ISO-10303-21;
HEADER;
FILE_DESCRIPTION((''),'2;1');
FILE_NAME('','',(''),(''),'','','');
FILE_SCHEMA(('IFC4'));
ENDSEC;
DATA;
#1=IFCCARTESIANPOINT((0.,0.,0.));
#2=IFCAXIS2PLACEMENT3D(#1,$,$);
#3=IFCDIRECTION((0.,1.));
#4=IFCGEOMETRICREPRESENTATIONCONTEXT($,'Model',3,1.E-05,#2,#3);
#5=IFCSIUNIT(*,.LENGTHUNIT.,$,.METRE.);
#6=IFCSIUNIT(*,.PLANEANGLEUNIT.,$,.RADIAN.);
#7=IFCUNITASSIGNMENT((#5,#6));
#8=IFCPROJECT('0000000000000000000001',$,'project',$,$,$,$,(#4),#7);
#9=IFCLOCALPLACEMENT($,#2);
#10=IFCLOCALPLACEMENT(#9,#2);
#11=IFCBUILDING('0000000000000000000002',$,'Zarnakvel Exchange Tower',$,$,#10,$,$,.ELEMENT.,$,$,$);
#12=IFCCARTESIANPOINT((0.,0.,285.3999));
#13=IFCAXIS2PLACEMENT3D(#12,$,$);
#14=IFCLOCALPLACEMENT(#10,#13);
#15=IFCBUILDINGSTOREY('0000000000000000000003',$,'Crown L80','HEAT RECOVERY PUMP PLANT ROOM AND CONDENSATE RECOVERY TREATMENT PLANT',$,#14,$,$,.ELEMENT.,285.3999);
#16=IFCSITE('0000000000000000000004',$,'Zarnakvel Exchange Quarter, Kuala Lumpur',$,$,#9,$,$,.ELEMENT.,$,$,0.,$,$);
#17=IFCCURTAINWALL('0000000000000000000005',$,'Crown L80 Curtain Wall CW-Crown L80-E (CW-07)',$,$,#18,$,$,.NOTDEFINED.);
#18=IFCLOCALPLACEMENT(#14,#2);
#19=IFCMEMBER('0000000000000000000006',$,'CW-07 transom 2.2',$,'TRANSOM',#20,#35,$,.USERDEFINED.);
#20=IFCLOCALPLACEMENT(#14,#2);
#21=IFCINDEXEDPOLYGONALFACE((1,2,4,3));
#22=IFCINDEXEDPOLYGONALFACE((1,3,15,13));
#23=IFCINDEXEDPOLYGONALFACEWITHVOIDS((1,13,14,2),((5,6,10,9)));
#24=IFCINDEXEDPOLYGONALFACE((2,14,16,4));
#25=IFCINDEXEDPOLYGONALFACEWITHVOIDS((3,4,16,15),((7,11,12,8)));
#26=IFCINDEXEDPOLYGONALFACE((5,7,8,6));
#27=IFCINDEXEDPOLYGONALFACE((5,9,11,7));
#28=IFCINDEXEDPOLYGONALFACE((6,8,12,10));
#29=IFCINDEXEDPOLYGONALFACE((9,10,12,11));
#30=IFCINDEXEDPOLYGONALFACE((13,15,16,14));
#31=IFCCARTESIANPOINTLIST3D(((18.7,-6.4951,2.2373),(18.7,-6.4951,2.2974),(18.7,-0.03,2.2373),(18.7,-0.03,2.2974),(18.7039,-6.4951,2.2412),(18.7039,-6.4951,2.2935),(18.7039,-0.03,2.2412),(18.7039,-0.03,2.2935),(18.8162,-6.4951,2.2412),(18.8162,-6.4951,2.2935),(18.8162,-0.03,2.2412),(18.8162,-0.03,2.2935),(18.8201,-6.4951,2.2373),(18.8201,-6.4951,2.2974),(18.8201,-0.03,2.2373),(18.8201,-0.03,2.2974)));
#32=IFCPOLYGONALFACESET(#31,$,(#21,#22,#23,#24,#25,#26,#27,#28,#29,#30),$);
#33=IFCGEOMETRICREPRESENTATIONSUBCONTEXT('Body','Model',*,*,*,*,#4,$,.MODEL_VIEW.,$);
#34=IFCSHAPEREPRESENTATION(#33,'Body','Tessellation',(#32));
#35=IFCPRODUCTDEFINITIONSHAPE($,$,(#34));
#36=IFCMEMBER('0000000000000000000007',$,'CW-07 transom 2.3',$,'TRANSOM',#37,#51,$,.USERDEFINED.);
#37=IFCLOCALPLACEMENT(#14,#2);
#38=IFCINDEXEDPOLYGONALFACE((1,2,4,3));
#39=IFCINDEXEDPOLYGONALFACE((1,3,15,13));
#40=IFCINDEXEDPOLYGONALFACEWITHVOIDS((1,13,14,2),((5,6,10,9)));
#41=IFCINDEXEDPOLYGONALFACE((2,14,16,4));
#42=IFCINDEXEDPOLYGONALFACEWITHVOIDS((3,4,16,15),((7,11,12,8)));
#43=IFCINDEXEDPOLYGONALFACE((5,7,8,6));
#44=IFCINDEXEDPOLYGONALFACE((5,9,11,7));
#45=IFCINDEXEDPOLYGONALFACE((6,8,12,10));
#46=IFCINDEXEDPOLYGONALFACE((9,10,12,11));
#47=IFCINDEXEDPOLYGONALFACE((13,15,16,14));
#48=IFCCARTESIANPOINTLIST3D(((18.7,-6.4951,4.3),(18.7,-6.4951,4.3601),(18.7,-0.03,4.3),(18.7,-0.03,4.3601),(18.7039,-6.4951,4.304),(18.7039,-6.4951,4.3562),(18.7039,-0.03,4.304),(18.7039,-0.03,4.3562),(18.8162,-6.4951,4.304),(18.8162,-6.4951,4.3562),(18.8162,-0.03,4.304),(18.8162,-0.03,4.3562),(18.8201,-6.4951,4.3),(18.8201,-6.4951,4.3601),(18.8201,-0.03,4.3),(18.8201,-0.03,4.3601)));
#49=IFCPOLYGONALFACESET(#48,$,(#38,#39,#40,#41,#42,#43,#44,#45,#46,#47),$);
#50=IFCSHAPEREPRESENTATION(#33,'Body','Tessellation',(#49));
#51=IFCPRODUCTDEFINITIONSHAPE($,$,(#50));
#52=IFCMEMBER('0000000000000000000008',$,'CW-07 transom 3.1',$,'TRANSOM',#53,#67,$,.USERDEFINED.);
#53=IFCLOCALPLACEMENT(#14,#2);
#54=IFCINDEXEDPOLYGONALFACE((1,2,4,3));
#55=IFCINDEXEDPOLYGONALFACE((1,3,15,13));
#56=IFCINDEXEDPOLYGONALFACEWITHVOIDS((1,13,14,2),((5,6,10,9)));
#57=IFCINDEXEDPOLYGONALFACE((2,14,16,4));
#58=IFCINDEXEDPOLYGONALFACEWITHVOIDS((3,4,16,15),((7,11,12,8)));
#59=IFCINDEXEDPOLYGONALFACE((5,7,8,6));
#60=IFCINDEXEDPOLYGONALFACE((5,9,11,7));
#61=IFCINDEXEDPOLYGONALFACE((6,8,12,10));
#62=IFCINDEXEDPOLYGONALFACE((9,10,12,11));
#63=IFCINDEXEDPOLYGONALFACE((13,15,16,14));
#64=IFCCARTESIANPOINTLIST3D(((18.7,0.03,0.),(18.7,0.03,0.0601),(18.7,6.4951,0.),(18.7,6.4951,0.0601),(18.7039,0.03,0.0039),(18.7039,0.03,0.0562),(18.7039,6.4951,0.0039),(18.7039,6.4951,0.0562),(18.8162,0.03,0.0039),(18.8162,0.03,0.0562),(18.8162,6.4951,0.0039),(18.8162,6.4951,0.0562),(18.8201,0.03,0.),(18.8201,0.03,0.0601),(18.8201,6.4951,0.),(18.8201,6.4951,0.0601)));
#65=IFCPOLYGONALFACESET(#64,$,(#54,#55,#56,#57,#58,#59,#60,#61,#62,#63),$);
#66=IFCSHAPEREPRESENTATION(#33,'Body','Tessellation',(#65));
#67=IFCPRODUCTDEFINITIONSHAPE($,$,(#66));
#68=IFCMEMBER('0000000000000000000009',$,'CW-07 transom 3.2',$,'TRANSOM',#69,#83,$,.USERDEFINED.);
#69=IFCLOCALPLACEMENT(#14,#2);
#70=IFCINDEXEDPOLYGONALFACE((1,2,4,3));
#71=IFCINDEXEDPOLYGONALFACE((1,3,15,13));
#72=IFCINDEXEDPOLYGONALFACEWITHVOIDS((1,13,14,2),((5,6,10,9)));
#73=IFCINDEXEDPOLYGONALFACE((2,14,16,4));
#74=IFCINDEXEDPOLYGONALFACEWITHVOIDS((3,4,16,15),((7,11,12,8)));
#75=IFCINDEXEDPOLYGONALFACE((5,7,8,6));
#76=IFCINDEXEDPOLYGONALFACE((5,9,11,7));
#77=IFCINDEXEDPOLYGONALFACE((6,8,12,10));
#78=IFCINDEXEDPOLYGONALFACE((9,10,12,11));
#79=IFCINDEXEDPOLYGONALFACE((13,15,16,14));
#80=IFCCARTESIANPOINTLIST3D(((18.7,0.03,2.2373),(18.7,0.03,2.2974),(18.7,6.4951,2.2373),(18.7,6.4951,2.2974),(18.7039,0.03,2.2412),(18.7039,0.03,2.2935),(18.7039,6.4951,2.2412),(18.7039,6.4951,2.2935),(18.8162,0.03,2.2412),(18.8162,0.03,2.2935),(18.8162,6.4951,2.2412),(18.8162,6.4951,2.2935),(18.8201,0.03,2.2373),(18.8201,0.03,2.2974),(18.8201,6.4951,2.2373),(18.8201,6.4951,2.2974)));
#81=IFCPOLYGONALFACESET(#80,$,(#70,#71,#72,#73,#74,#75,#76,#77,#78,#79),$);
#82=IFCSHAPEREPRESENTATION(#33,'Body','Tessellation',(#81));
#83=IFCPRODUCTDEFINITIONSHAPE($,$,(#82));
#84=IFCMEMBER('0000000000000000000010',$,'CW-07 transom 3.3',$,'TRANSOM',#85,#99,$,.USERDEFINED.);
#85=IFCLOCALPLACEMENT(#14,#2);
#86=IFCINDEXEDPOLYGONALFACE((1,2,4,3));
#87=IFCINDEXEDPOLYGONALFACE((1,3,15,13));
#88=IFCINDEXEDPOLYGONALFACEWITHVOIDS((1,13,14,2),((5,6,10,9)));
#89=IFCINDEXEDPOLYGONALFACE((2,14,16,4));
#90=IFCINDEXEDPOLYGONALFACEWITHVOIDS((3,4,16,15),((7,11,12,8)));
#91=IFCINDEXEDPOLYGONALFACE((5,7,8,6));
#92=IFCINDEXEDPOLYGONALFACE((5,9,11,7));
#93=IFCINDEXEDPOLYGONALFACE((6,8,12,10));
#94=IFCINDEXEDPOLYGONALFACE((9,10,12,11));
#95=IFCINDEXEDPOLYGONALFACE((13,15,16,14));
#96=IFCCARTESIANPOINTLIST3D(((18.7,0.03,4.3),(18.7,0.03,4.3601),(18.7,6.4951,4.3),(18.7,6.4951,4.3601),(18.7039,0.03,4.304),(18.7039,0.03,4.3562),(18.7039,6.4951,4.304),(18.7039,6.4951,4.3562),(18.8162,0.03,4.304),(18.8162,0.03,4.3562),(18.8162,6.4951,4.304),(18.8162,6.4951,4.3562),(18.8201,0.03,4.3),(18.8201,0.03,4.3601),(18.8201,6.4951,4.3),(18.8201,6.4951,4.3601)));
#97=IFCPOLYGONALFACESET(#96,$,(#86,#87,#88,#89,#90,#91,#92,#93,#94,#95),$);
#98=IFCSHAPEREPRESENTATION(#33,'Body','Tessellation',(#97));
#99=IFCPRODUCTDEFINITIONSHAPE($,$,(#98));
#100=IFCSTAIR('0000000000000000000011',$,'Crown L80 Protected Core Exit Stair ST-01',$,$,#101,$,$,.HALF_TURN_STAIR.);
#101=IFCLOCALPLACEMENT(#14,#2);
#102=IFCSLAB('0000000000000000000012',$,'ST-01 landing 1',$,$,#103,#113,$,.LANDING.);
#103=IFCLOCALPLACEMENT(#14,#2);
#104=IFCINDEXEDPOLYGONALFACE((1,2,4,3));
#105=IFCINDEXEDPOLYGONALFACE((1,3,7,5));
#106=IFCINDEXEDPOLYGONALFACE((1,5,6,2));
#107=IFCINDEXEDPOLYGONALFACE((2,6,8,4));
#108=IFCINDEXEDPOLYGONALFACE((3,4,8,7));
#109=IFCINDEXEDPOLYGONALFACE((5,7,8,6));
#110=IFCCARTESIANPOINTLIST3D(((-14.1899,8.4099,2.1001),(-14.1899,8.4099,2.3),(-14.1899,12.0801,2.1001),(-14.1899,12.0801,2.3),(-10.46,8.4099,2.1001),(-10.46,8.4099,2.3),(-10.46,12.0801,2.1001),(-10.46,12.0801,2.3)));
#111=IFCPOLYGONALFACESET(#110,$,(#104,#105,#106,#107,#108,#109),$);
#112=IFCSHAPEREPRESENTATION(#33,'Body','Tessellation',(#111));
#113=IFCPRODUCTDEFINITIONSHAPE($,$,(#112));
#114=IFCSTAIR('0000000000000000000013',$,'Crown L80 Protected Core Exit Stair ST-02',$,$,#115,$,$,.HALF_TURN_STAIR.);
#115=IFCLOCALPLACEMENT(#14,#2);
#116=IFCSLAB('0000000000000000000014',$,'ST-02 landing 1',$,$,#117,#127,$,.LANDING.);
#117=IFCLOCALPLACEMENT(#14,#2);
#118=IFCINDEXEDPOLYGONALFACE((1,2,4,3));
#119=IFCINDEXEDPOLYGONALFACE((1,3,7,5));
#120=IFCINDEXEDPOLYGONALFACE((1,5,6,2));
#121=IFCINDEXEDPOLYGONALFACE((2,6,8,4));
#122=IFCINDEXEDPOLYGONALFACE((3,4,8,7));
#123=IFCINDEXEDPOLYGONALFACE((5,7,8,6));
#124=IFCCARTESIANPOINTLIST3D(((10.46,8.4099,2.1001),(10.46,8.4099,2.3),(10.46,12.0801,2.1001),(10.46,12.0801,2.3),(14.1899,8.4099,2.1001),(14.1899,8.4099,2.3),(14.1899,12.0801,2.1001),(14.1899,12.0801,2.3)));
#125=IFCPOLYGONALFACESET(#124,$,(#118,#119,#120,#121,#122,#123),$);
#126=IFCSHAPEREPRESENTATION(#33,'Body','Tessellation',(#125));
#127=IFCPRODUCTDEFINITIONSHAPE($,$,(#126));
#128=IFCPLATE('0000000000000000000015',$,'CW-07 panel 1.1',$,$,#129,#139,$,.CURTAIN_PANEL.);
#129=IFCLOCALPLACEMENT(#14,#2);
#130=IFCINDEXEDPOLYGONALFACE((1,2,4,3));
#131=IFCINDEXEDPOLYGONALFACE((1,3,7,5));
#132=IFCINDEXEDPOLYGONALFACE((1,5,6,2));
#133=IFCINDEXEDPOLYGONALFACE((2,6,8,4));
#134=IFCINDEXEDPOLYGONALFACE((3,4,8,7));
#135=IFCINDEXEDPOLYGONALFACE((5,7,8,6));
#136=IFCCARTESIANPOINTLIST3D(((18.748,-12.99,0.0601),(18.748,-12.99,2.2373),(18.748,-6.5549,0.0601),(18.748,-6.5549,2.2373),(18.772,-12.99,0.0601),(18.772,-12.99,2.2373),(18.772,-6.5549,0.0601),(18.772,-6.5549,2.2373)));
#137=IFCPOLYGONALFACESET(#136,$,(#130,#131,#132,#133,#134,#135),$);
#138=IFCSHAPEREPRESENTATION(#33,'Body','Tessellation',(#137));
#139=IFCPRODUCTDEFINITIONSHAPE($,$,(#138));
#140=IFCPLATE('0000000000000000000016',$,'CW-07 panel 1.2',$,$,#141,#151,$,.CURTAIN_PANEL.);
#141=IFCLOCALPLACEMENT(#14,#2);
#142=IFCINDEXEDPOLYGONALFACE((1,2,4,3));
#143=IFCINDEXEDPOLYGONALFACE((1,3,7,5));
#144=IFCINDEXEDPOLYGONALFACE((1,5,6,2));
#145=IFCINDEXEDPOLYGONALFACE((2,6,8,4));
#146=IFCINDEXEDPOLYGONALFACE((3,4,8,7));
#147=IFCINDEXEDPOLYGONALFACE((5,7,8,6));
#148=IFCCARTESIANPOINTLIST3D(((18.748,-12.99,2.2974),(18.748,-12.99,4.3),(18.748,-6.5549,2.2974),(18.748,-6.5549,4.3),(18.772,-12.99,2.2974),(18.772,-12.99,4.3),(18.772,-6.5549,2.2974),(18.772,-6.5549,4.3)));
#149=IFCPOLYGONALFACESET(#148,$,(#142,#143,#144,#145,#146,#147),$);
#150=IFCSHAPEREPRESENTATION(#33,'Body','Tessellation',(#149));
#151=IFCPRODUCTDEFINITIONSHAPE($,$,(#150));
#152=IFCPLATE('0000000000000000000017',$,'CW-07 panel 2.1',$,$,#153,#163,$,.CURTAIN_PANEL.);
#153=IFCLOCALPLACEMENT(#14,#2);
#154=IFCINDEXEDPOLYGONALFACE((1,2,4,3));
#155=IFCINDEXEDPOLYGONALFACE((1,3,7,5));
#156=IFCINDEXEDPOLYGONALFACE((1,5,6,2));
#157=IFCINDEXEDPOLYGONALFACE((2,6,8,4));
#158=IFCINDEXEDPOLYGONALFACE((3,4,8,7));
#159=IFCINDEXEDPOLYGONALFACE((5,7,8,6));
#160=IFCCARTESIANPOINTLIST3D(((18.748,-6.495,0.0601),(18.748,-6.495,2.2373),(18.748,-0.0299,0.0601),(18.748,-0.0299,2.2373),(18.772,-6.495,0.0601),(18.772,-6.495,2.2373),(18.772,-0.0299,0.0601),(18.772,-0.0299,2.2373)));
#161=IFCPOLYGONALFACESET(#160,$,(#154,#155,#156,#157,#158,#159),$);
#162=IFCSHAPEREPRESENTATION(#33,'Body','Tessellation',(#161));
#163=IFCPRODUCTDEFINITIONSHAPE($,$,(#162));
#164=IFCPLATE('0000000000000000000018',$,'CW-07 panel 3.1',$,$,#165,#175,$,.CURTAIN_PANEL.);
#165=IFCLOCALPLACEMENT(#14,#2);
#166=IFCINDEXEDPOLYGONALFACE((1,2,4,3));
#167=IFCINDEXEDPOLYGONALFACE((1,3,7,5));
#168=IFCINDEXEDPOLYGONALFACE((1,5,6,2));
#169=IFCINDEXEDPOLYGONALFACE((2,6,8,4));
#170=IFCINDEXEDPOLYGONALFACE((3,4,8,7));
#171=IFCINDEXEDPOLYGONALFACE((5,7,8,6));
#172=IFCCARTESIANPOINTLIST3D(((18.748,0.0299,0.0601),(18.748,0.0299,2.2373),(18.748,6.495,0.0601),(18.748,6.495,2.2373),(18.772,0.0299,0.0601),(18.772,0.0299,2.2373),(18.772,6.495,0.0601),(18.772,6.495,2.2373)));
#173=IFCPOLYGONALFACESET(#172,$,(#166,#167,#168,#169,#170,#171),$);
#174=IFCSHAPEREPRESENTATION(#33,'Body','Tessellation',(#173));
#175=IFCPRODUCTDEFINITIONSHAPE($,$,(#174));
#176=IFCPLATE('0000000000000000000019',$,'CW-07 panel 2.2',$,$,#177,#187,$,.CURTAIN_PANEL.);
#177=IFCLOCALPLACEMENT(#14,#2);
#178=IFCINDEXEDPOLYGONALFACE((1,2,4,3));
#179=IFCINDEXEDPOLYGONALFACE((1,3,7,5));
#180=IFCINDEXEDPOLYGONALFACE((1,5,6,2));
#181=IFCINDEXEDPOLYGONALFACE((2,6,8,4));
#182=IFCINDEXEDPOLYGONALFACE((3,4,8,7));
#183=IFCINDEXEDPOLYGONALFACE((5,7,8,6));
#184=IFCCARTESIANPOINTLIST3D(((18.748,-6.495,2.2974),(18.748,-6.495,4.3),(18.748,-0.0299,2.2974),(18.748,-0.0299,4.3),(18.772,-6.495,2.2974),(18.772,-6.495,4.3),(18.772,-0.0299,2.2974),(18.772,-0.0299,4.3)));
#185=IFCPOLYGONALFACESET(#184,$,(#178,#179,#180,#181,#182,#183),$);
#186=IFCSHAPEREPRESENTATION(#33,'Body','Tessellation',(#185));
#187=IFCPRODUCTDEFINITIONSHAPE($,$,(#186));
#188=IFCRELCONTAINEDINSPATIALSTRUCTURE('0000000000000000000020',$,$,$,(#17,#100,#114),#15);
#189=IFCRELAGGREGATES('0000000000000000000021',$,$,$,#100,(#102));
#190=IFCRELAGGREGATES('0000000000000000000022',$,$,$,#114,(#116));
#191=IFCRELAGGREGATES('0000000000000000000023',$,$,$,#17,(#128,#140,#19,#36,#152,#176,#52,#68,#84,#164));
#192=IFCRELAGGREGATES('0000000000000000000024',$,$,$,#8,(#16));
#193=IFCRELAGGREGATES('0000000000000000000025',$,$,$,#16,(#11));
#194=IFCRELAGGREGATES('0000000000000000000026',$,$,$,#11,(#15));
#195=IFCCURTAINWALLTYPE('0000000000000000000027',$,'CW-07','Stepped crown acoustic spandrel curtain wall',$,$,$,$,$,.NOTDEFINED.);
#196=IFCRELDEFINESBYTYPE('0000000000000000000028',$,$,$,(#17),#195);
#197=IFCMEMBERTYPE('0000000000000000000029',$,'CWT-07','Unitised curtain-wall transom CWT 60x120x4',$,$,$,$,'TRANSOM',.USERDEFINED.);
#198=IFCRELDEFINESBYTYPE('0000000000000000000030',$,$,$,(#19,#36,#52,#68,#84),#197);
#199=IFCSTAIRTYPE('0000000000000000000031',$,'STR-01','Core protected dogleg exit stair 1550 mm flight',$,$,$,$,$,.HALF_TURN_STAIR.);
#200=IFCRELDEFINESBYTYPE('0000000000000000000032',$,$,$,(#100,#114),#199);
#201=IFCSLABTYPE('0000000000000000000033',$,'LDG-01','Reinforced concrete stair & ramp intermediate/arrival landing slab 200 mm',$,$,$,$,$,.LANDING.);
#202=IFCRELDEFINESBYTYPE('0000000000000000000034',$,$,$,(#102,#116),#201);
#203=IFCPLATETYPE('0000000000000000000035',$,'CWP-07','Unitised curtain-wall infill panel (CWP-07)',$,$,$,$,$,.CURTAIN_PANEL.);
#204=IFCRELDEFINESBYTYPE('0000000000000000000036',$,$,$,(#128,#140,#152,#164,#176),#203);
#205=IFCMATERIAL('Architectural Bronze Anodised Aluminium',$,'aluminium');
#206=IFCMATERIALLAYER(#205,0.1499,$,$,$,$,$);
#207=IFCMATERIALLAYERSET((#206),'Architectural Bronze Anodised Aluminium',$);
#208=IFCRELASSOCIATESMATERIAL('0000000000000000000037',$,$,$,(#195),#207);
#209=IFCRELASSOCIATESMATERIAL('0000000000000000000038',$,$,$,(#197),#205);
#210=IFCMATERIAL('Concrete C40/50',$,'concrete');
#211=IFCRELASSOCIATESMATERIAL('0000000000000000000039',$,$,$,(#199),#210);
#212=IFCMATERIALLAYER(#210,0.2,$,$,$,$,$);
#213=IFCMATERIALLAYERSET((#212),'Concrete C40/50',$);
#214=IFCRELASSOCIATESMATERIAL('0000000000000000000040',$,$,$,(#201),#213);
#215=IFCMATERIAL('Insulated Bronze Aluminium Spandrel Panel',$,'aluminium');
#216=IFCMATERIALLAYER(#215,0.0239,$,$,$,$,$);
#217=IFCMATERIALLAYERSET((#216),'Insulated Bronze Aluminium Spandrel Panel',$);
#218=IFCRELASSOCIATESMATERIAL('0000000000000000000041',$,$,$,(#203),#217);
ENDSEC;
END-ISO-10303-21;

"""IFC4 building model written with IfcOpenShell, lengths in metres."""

from ifc_helpers import new_model, si_unit, direction, frame, origin, origin_2d, place, context, subcontext, project, spatial, polyline, rectangle, hollow_rectangle, outline, extrude, source, transform, mapped, material, layer, layer_set, material_profile, profile_set, type_object, element, aggregate, save


model = new_model("IFC4")

# Units and contexts
model_context = context("Model", 3, precision=1e-05, world=origin(), true_north=direction((0.0, 1.0)))
body_context = subcontext(model_context, "Body", "Model", "MODEL_VIEW")
ifc_project = project(units=[si_unit("LENGTHUNIT", "METRE"), si_unit("PLANEANGLEUNIT", "RADIAN")], contexts=[model_context])

# Site, building, storey
site_placement = place(None, origin())
site = spatial("IfcSite", under=ifc_project, at=site_placement, Name="Zarnakvel Exchange Quarter, Kuala Lumpur", CompositionType="ELEMENT", RefElevation=0.0)
building_placement = place(site_placement, origin())
building = spatial("IfcBuilding", under=site, at=building_placement, Name="Zarnakvel Exchange Tower", CompositionType="ELEMENT")
storey_placement = place(building_placement, frame((0.0, 0.0, 285.3999)))
storey = spatial("IfcBuildingStorey", under=building, at=storey_placement, Name="Crown L80", Description="HEAT RECOVERY PUMP PLANT ROOM AND CONDENSATE RECOVERY TREATMENT PLANT", CompositionType="ELEMENT", Elevation=285.3999)

# Curtain wall, members
ifc_material_1 = material(Name="Architectural Bronze Anodised Aluminium", Category="aluminium")
ifc_layer_1 = layer(ifc_material_1, 0.1499)
ifc_layer_set_1 = layer_set([ifc_layer_1], Name="Architectural Bronze Anodised Aluminium")
curtain_wall_type = type_object("IfcCurtainWallType", Name="CW-07", Description="Stepped crown acoustic spandrel curtain wall", PredefinedType="NOTDEFINED", material=ifc_layer_set_1)
curtain_wall_placement = place(storey_placement, origin())
curtain_wall = element("IfcCurtainWall", 1, at=curtain_wall_placement, inside=storey, type_object=curtain_wall_type, Name="Crown L80 Curtain Wall CW-Crown L80-E (CW-07)", PredefinedType="NOTDEFINED")
ifc_material_profile_1 = material_profile(ifc_material_1, hollow_rectangle(XDim=0.1201, YDim=0.0601, WallThickness=0.0039, at=origin_2d()))
ifc_profile_set_1 = profile_set([ifc_material_profile_1], Name="Architectural Bronze Anodised Aluminium")
member_type_1 = type_object("IfcMemberType", Name="CWT-07", Description="Unitised curtain-wall transom CWT 60x120x4", ElementType="TRANSOM", PredefinedType="USERDEFINED", material=ifc_profile_set_1)
shared_shape_1 = source(origin(), body_context, "Body", "SweptSolid", [
    extrude(hollow_rectangle(XDim=0.1201, YDim=0.0601, WallThickness=0.0039, at=origin_2d()), origin(), (0.0, 0.0, 1.0), 6.4651),
])
member_1_placement = place(storey_placement, frame((18.76, -6.4951, 2.2673), z_axis=(0.0, 1.0, 0.0), x_axis=(-1.0, 0.0, 0.0)))
member_1 = element("IfcMember", 2, at=member_1_placement, type_object=member_type_1, Name="CW-07 transom 2.2", ObjectType="TRANSOM", PredefinedType="USERDEFINED", context=body_context, shape_type="MappedRepresentation", body=[
    mapped(shared_shape_1, transform((0.0, 0.0, 0.0), x_axis=(1.0, 0.0, 0.0), y_axis=(0.0, 1.0, 0.0), z_axis=(0.0, 0.0, 1.0), scale=1.0)),
])
member_2_placement = place(storey_placement, frame((18.76, -6.4951, 4.3301), z_axis=(0.0, 1.0, 0.0), x_axis=(-1.0, 0.0, 0.0)))
member_2 = element("IfcMember", 3, at=member_2_placement, type_object=member_type_1, Name="CW-07 transom 2.3", ObjectType="TRANSOM", PredefinedType="USERDEFINED", context=body_context, shape_type="MappedRepresentation", body=[
    mapped(shared_shape_1, transform((0.0, 0.0, 0.0), x_axis=(1.0, 0.0, 0.0), y_axis=(0.0, 1.0, 0.0), z_axis=(0.0, 0.0, 1.0), scale=1.0)),
])
member_3_placement = place(storey_placement, frame((18.76, 0.03, 0.03), z_axis=(0.0, 1.0, 0.0), x_axis=(-1.0, 0.0, 0.0)))
member_3 = element("IfcMember", 4, at=member_3_placement, type_object=member_type_1, Name="CW-07 transom 3.1", ObjectType="TRANSOM", PredefinedType="USERDEFINED", context=body_context, shape_type="MappedRepresentation", body=[
    mapped(shared_shape_1, transform((0.0, 0.0, 0.0), x_axis=(1.0, 0.0, 0.0), y_axis=(0.0, 1.0, 0.0), z_axis=(0.0, 0.0, 1.0), scale=1.0)),
])
member_4_placement = place(storey_placement, frame((18.76, 0.03, 2.2673), z_axis=(0.0, 1.0, 0.0), x_axis=(-1.0, 0.0, 0.0)))
member_4 = element("IfcMember", 5, at=member_4_placement, type_object=member_type_1, Name="CW-07 transom 3.2", ObjectType="TRANSOM", PredefinedType="USERDEFINED", context=body_context, shape_type="MappedRepresentation", body=[
    mapped(shared_shape_1, transform((0.0, 0.0, 0.0), x_axis=(1.0, 0.0, 0.0), y_axis=(0.0, 1.0, 0.0), z_axis=(0.0, 0.0, 1.0), scale=1.0)),
])
member_5_placement = place(storey_placement, frame((18.76, 0.03, 4.3301), z_axis=(0.0, 1.0, 0.0), x_axis=(-1.0, 0.0, 0.0)))
member_5 = element("IfcMember", 6, at=member_5_placement, type_object=member_type_1, Name="CW-07 transom 3.3", ObjectType="TRANSOM", PredefinedType="USERDEFINED", context=body_context, shape_type="MappedRepresentation", body=[
    mapped(shared_shape_1, transform((0.0, 0.0, 0.0), x_axis=(1.0, 0.0, 0.0), y_axis=(0.0, 1.0, 0.0), z_axis=(0.0, 0.0, 1.0), scale=1.0)),
])

# Stairs, slabs
ifc_material_2 = material(Name="Concrete C40/50", Category="concrete")
stair_type = type_object("IfcStairType", Name="STR-01", Description="Core protected dogleg exit stair 1550 mm flight", PredefinedType="HALF_TURN_STAIR", material=ifc_material_2)
stair_1_placement = place(storey_placement, origin())
stair_1 = element("IfcStair", 7, at=stair_1_placement, inside=storey, type_object=stair_type, Name="Crown L80 Protected Core Exit Stair ST-01", PredefinedType="HALF_TURN_STAIR")
ifc_layer_2 = layer(ifc_material_2, 0.2)
ifc_layer_set_2 = layer_set([ifc_layer_2], Name="Concrete C40/50")
slab_type = type_object("IfcSlabType", Name="LDG-01", Description="Reinforced concrete stair & ramp intermediate/arrival landing slab 200 mm", PredefinedType="LANDING", material=ifc_layer_set_2)
slab_1_placement = place(storey_placement, frame((0.0, 0.0, 2.1001)))
slab_1 = element("IfcSlab", 8, at=slab_1_placement, type_object=slab_type, Name="ST-01 landing 1", PredefinedType="LANDING", context=body_context, shape_type="SweptSolid", body=[
    extrude(outline(polyline([(-14.1899, 8.4099), (-10.46, 8.4099), (-10.46, 12.0801), (-14.1899, 12.0801), (-14.1899, 8.4099)])), origin(), (0.0, 0.0, 1.0), 0.2),
])
aggregate(stair_1, [slab_1])
stair_2_placement = place(storey_placement, origin())
stair_2 = element("IfcStair", 9, at=stair_2_placement, inside=storey, type_object=stair_type, Name="Crown L80 Protected Core Exit Stair ST-02", PredefinedType="HALF_TURN_STAIR")
slab_2_placement = place(storey_placement, frame((0.0, 0.0, 2.1001)))
slab_2 = element("IfcSlab", 10, at=slab_2_placement, type_object=slab_type, Name="ST-02 landing 1", PredefinedType="LANDING", context=body_context, shape_type="SweptSolid", body=[
    extrude(outline(polyline([(10.46, 8.4099), (14.1899, 8.4099), (14.1899, 12.0801), (10.46, 12.0801), (10.46, 8.4099)])), origin(), (0.0, 0.0, 1.0), 0.2),
])
aggregate(stair_2, [slab_2])

# Plates
ifc_material_3 = material(Name="Insulated Bronze Aluminium Spandrel Panel", Category="aluminium")
ifc_layer_3 = layer(ifc_material_3, 0.0239)
ifc_layer_set_3 = layer_set([ifc_layer_3], Name="Insulated Bronze Aluminium Spandrel Panel")
plate_type = type_object("IfcPlateType", Name="CWP-07", Description="Unitised curtain-wall infill panel (CWP-07)", PredefinedType="CURTAIN_PANEL", material=ifc_layer_set_3)
shared_shape_2 = source(origin(), body_context, "Body", "SweptSolid", [
    extrude(rectangle(XDim=6.4351, YDim=0.0239, at=origin_2d()), origin(), (0.0, 0.0, 1.0), 2.1772),
])
plate_1_placement = place(storey_placement, frame((18.76, -9.7725, 0.0601), z_axis=(0.0, 0.0, 1.0), x_axis=(0.0, 1.0, 0.0)))
plate_1 = element("IfcPlate", 11, at=plate_1_placement, type_object=plate_type, Name="CW-07 panel 1.1", PredefinedType="CURTAIN_PANEL", context=body_context, shape_type="MappedRepresentation", body=[
    mapped(shared_shape_2, transform((0.0, 0.0, 0.0), x_axis=(1.0, 0.0, 0.0), y_axis=(0.0, 1.0, 0.0), z_axis=(0.0, 0.0, 1.0), scale=1.0)),
])
shared_shape_3 = source(origin(), body_context, "Body", "SweptSolid", [
    extrude(rectangle(XDim=6.4351, YDim=0.0239, at=origin_2d()), origin(), (0.0, 0.0, 1.0), 2.0027),
])
plate_2_placement = place(storey_placement, frame((18.76, -9.7725, 2.2974), z_axis=(0.0, 0.0, 1.0), x_axis=(0.0, 1.0, 0.0)))
plate_2 = element("IfcPlate", 12, at=plate_2_placement, type_object=plate_type, Name="CW-07 panel 1.2", PredefinedType="CURTAIN_PANEL", context=body_context, shape_type="MappedRepresentation", body=[
    mapped(shared_shape_3, transform((0.0, 0.0, 0.0), x_axis=(1.0, 0.0, 0.0), y_axis=(0.0, 1.0, 0.0), z_axis=(0.0, 0.0, 1.0), scale=1.0)),
])
shared_shape_4 = source(origin(), body_context, "Body", "SweptSolid", [
    extrude(rectangle(XDim=6.4651, YDim=0.0239, at=origin_2d()), origin(), (0.0, 0.0, 1.0), 2.1772),
])
plate_3_placement = place(storey_placement, frame((18.76, -3.2625, 0.0601), z_axis=(0.0, 0.0, 1.0), x_axis=(0.0, 1.0, 0.0)))
plate_3 = element("IfcPlate", 13, at=plate_3_placement, type_object=plate_type, Name="CW-07 panel 2.1", PredefinedType="CURTAIN_PANEL", context=body_context, shape_type="MappedRepresentation", body=[
    mapped(shared_shape_4, transform((0.0, 0.0, 0.0), x_axis=(1.0, 0.0, 0.0), y_axis=(0.0, 1.0, 0.0), z_axis=(0.0, 0.0, 1.0), scale=1.0)),
])
plate_4_placement = place(storey_placement, frame((18.76, 3.2625, 0.0601), z_axis=(0.0, 0.0, 1.0), x_axis=(0.0, 1.0, 0.0)))
plate_4 = element("IfcPlate", 14, at=plate_4_placement, type_object=plate_type, Name="CW-07 panel 3.1", PredefinedType="CURTAIN_PANEL", context=body_context, shape_type="MappedRepresentation", body=[
    mapped(shared_shape_4, transform((0.0, 0.0, 0.0), x_axis=(1.0, 0.0, 0.0), y_axis=(0.0, 1.0, 0.0), z_axis=(0.0, 0.0, 1.0), scale=1.0)),
])
shared_shape_5 = source(origin(), body_context, "Body", "SweptSolid", [
    extrude(rectangle(XDim=6.4651, YDim=0.0239, at=origin_2d()), origin(), (0.0, 0.0, 1.0), 2.0027),
])
plate_5_placement = place(storey_placement, frame((18.76, -3.2625, 2.2974), z_axis=(0.0, 0.0, 1.0), x_axis=(0.0, 1.0, 0.0)))
plate_5 = element("IfcPlate", 15, at=plate_5_placement, type_object=plate_type, Name="CW-07 panel 2.2", PredefinedType="CURTAIN_PANEL", context=body_context, shape_type="MappedRepresentation", body=[
    mapped(shared_shape_5, transform((0.0, 0.0, 0.0), x_axis=(1.0, 0.0, 0.0), y_axis=(0.0, 1.0, 0.0), z_axis=(0.0, 0.0, 1.0), scale=1.0)),
])
aggregate(curtain_wall, [plate_1, plate_2, member_1, member_2, plate_3, plate_5, member_3, member_4, member_5, plate_4])

save(model, "model.ifc")
